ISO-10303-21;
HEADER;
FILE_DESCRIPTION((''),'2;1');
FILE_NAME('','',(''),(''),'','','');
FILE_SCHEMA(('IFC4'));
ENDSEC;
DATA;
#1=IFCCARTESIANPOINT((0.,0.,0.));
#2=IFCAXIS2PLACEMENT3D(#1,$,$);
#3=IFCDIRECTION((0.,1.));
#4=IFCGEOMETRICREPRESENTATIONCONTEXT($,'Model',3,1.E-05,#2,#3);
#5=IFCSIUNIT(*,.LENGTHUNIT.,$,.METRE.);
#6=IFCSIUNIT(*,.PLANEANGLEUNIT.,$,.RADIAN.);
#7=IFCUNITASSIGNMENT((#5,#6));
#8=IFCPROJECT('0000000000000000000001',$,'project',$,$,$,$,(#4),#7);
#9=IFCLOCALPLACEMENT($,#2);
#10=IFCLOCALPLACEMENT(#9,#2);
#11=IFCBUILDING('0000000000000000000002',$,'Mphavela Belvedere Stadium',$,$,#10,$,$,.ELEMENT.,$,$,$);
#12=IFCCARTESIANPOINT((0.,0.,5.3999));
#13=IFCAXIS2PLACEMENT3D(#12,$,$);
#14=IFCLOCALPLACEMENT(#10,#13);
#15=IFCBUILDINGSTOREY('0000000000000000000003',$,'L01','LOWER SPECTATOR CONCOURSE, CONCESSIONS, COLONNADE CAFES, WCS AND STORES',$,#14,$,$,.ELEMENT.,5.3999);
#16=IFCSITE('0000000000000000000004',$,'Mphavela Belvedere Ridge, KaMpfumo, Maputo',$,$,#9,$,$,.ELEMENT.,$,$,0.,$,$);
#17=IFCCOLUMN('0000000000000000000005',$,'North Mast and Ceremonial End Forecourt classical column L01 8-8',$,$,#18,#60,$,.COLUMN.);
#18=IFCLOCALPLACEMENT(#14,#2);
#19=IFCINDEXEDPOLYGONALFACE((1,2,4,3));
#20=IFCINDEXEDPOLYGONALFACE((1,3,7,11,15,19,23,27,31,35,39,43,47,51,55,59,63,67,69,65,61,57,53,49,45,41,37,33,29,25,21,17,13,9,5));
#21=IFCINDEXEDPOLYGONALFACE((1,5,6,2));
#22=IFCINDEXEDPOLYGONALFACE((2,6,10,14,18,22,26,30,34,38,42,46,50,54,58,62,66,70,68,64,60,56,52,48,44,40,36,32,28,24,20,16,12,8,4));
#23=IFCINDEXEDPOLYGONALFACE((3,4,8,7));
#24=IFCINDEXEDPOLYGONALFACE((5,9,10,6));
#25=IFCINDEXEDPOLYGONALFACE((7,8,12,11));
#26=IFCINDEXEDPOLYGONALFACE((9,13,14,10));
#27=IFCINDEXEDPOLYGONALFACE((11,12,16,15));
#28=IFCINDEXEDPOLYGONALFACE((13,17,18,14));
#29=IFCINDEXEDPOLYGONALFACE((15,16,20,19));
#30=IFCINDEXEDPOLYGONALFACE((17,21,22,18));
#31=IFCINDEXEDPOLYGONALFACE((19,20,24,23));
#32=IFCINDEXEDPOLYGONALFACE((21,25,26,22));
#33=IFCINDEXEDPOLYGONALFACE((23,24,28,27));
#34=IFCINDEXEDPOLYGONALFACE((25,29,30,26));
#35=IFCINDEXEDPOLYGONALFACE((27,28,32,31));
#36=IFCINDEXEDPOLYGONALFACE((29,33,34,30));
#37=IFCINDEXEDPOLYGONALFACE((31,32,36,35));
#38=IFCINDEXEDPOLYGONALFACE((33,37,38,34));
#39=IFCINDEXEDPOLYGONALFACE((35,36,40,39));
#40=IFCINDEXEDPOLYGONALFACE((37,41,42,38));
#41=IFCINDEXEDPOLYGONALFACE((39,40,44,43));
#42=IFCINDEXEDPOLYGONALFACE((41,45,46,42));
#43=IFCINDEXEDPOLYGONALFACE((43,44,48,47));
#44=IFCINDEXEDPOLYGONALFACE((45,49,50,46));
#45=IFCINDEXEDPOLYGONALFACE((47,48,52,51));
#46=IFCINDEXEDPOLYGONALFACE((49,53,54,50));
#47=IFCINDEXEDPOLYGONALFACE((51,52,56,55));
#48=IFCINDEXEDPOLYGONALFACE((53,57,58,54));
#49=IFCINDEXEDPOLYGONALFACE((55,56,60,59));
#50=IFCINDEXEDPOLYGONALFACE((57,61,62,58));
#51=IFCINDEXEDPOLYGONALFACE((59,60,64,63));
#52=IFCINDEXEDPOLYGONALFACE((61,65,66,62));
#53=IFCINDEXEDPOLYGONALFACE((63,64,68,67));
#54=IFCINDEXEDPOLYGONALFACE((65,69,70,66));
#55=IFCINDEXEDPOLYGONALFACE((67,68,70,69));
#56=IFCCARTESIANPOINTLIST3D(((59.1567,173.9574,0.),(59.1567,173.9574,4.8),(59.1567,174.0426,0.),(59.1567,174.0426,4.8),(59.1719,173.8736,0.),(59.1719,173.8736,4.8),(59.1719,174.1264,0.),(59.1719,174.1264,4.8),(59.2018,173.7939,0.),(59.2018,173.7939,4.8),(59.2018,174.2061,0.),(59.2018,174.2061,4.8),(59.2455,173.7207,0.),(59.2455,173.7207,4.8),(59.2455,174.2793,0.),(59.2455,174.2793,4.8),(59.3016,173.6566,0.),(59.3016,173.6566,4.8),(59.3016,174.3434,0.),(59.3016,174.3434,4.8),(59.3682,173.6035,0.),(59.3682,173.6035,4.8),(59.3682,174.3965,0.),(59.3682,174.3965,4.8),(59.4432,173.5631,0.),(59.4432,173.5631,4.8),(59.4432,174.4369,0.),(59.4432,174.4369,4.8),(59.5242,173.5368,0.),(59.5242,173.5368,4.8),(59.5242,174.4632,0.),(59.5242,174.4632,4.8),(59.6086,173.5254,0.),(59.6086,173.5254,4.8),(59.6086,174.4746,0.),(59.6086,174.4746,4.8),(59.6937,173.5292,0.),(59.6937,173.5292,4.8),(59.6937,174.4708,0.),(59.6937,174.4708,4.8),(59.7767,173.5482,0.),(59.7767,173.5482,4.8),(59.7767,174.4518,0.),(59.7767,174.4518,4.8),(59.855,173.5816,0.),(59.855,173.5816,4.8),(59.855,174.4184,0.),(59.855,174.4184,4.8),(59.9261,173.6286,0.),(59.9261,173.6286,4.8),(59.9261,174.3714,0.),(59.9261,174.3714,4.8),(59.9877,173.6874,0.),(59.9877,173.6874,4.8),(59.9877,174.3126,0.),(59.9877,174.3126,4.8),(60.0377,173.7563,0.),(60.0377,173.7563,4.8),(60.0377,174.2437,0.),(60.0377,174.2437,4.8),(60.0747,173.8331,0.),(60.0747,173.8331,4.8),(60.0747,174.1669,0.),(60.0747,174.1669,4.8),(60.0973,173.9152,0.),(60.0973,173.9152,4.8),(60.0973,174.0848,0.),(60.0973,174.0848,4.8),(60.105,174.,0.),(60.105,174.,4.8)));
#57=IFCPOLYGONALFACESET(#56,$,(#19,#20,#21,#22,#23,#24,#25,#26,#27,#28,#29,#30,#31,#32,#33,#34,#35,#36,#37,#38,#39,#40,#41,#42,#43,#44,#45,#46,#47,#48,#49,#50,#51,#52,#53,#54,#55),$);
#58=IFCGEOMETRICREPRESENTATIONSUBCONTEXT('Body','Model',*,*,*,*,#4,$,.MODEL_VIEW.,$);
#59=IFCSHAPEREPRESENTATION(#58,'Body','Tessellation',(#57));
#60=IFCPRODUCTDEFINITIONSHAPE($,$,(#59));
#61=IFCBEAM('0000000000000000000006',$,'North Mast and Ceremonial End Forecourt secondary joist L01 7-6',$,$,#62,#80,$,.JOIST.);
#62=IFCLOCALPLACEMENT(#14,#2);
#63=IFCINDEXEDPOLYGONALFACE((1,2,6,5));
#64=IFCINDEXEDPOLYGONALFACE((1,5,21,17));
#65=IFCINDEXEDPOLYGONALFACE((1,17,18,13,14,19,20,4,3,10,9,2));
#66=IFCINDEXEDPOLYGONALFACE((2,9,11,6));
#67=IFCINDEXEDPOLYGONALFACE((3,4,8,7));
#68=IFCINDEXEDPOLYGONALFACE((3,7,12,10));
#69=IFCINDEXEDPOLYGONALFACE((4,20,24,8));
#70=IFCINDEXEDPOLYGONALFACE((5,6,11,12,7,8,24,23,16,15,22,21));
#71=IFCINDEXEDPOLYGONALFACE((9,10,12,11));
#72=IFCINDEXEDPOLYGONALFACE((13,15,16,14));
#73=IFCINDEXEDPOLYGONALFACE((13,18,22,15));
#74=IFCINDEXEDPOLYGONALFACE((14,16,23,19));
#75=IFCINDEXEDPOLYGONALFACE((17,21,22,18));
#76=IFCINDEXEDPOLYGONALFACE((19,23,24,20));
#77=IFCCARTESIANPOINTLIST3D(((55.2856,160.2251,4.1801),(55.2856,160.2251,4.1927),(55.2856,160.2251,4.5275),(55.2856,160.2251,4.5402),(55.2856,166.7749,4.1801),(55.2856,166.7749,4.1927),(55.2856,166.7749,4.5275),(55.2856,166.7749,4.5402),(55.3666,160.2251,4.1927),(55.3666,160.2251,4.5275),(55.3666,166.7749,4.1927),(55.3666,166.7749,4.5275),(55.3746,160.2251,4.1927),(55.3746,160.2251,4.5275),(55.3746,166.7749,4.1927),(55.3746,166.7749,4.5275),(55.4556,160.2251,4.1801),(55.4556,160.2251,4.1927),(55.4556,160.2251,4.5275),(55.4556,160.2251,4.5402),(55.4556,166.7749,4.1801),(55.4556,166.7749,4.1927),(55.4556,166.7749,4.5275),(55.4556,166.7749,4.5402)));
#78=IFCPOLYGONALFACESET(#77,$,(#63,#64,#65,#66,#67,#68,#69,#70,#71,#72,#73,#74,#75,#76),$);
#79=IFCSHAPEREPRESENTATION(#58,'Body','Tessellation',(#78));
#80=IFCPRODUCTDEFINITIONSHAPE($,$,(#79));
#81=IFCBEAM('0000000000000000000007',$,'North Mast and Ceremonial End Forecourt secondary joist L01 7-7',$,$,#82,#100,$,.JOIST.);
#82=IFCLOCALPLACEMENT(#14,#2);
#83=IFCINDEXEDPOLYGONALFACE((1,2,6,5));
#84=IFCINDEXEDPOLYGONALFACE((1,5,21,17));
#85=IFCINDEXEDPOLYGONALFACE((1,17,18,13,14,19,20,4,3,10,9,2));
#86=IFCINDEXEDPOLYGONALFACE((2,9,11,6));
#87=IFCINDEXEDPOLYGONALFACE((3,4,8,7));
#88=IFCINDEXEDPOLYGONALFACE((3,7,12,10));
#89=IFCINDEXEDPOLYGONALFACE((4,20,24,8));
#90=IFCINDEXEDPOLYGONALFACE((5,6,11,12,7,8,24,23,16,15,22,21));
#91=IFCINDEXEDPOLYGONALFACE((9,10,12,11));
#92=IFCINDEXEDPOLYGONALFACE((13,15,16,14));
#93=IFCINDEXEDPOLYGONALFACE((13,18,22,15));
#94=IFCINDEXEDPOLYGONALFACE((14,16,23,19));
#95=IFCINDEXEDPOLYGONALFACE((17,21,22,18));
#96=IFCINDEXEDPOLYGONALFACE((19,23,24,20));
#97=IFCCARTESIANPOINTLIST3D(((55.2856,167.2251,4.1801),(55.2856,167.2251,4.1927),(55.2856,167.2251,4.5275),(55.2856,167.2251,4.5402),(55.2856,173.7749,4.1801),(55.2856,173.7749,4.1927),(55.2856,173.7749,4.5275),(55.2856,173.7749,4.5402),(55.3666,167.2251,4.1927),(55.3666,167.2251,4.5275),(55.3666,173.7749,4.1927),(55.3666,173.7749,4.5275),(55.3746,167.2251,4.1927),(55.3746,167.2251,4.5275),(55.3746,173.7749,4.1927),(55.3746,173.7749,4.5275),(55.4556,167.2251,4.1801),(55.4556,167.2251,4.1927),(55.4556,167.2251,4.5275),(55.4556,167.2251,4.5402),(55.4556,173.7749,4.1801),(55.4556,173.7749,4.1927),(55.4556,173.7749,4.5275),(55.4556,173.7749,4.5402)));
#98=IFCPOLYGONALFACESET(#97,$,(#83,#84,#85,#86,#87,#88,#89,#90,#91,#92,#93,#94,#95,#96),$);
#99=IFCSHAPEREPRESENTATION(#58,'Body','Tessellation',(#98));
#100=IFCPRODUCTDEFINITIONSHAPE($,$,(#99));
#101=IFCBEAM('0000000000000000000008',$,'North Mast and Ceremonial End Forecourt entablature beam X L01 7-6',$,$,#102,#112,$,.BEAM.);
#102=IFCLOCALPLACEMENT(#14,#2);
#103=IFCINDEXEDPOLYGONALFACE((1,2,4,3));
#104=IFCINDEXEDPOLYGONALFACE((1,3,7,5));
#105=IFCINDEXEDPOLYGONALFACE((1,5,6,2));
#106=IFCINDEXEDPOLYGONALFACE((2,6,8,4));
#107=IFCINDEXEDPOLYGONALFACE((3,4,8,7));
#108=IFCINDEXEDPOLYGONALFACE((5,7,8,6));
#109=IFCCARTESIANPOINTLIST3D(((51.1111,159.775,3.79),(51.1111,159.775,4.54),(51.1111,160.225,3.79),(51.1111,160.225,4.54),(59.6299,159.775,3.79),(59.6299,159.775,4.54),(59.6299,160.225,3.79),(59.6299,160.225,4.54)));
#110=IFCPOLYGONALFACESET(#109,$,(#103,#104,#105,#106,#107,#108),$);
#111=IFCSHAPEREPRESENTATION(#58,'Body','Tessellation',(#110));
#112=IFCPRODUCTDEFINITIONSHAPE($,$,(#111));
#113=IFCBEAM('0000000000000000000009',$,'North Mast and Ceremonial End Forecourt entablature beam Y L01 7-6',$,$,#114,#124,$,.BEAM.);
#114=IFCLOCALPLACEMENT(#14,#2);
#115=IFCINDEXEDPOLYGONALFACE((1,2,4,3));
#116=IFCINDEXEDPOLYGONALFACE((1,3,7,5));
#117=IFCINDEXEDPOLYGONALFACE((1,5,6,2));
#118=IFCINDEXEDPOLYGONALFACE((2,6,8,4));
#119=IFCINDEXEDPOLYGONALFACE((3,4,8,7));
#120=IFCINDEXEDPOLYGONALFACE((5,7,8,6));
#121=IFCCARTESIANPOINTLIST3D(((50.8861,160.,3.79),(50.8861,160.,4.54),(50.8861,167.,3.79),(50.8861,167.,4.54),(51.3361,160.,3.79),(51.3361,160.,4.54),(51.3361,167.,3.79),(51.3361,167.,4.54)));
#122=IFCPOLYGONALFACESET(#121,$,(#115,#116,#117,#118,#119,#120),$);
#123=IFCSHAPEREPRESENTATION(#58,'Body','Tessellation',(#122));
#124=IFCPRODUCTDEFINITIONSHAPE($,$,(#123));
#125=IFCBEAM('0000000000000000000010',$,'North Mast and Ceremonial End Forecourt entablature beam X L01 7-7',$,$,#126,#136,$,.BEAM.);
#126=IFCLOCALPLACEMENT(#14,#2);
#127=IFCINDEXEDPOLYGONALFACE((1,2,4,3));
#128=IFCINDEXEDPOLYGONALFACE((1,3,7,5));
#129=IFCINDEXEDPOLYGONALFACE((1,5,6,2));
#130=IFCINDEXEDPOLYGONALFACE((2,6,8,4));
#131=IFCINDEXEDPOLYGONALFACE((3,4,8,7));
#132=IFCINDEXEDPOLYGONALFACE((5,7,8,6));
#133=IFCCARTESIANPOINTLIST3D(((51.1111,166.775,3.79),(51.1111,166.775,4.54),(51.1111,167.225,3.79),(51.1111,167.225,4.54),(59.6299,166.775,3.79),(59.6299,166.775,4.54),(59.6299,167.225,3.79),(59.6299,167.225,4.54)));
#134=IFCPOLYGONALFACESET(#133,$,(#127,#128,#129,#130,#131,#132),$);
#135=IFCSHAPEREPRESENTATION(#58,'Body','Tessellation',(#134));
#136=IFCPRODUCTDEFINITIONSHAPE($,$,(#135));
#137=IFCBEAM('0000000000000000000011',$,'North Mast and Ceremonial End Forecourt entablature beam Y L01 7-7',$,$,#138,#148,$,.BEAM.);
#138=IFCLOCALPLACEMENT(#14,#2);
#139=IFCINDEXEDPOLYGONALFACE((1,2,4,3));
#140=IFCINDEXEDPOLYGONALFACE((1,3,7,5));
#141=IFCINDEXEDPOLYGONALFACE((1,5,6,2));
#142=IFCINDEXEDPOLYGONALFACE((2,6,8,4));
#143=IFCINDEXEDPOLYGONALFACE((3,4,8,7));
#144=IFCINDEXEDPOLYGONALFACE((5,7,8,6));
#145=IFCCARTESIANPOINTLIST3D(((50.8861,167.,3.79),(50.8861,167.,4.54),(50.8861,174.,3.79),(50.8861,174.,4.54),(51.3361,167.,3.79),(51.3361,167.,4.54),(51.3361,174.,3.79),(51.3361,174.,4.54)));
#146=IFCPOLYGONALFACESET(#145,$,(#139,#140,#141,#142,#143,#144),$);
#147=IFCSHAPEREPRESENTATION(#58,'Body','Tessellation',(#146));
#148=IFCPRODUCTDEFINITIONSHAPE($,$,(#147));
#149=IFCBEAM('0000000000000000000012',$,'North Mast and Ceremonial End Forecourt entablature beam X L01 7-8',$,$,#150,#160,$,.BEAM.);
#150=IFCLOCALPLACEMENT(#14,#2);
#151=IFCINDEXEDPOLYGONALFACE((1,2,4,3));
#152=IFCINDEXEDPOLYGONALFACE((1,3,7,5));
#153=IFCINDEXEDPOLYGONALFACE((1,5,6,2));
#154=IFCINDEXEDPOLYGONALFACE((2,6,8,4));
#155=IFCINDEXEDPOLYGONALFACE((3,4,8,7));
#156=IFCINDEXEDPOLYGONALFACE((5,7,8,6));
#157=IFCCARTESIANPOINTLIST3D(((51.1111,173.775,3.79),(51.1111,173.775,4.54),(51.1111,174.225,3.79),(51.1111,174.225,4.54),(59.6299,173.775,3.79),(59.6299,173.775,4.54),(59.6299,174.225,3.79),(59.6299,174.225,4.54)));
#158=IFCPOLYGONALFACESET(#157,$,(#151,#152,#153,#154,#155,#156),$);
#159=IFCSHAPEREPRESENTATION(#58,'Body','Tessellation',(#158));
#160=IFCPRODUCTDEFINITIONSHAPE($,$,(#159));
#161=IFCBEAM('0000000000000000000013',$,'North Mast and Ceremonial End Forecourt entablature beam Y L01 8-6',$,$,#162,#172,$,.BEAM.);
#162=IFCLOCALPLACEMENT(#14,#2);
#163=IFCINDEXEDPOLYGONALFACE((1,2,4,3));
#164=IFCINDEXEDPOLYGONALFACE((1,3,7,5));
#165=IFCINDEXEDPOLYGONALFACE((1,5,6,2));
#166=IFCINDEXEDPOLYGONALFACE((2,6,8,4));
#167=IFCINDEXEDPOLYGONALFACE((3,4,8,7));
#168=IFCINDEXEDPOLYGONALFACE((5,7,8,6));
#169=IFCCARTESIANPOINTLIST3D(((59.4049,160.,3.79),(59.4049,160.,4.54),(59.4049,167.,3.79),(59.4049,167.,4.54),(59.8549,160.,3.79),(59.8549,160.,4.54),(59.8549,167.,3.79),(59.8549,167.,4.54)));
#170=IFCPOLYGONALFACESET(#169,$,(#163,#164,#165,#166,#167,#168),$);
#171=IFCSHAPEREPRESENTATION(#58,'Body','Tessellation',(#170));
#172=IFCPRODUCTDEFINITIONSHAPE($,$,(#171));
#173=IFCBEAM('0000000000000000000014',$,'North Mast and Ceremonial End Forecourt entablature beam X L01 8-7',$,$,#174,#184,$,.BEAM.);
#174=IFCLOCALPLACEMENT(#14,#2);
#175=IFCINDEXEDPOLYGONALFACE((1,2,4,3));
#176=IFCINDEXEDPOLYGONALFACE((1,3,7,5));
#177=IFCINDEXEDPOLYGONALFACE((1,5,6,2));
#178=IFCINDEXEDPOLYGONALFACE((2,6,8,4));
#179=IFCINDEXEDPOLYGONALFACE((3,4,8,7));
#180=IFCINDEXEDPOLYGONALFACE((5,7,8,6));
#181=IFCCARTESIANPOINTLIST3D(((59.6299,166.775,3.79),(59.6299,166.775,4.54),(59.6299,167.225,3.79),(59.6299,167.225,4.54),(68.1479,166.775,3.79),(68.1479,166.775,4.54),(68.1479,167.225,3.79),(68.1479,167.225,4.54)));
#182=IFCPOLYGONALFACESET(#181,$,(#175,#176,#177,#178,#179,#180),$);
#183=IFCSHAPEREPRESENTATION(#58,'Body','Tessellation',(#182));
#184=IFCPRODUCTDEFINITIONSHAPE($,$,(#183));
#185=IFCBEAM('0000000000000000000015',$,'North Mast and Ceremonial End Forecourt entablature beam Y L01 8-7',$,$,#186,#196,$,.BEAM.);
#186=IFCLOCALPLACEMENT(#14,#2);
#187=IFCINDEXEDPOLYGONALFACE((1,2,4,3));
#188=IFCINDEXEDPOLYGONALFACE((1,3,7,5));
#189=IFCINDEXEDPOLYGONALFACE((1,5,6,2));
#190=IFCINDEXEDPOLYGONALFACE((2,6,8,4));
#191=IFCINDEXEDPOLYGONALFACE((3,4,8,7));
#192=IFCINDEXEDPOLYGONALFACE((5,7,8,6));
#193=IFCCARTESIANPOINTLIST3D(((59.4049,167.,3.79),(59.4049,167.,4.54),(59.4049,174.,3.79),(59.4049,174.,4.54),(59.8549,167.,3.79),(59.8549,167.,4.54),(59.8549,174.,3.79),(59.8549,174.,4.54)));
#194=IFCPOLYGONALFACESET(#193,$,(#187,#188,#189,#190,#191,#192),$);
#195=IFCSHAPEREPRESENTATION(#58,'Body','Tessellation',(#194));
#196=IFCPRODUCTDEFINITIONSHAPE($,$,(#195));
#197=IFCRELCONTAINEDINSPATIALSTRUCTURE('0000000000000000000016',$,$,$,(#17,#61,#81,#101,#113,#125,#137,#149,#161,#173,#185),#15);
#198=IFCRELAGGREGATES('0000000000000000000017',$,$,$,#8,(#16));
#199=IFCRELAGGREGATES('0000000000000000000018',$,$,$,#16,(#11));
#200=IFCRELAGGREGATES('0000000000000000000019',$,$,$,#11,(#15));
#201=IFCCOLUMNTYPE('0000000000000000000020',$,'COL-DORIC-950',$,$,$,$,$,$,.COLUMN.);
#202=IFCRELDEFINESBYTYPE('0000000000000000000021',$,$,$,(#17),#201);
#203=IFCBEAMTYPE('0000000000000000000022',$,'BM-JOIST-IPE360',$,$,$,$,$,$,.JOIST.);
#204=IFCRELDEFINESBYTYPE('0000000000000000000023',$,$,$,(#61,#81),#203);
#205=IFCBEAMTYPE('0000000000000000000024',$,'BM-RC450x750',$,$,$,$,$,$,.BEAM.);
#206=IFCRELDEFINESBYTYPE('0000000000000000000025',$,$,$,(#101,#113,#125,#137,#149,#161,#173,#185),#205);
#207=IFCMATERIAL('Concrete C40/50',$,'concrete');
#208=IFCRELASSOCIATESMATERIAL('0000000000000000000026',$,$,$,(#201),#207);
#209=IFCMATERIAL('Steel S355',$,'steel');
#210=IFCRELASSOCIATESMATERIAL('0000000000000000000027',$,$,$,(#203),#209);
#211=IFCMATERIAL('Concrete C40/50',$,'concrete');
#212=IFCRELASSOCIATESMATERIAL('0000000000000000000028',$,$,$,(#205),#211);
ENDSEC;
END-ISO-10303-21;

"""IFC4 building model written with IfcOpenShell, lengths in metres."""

from ifc_helpers import new_model, si_unit, direction, frame, origin, origin_2d, place, context, subcontext, project, spatial, rectangle, circle, i_section, extrude, material, material_profile, profile_set, type_object, element, save


model = new_model("IFC4")

# Units and contexts
model_context = context("Model", 3, precision=1e-05, world=origin(), true_north=direction((0.0, 1.0)))
body_context = subcontext(model_context, "Body", "Model", "MODEL_VIEW")
ifc_project = project(units=[si_unit("LENGTHUNIT", "METRE"), si_unit("PLANEANGLEUNIT", "RADIAN")], contexts=[model_context])

# Site, building, storey
site_placement = place(None, origin())
site = spatial("IfcSite", under=ifc_project, at=site_placement, Name="Mphavela Belvedere Ridge, KaMpfumo, Maputo", CompositionType="ELEMENT", RefElevation=0.0)
building_placement = place(site_placement, origin())
building = spatial("IfcBuilding", under=site, at=building_placement, Name="Mphavela Belvedere Stadium", CompositionType="ELEMENT")
storey_placement = place(building_placement, frame((0.0, 0.0, 5.3999)))
storey = spatial("IfcBuildingStorey", under=building, at=storey_placement, Name="L01", Description="LOWER SPECTATOR CONCOURSE, CONCESSIONS, COLONNADE CAFES, WCS AND STORES", CompositionType="ELEMENT", Elevation=5.3999)

# Column
ifc_material_1 = material(Name="Concrete C40/50", Category="concrete")
ifc_material_profile_1 = material_profile(ifc_material_1, circle(Radius=0.4751, at=origin_2d()), Name="COL D950")
ifc_profile_set_1 = profile_set([ifc_material_profile_1], Name="Concrete C40/50")
column_type = type_object("IfcColumnType", Name="COL-DORIC-950", PredefinedType="COLUMN", material=ifc_profile_set_1)
for number, where, z_axis, x_axis, name in (
    (1, (59.6299, 174.0, 0.0), (0.0, 0.0, 1.0), (1.0, 0.0, 0.0), "North Mast and Ceremonial End Forecourt classical column L01 8-8"),
):
    element("IfcColumn", number, at=place(storey_placement, frame(where, z_axis=z_axis, x_axis=x_axis)), inside=storey, type_object=column_type, Name=name, PredefinedType="COLUMN", context=body_context, shape_type="SweptSolid", body=[
        extrude(circle(Radius=0.4751, at=origin_2d()), origin(), (0.0, 0.0, 1.0), 4.8),
    ])

# Beams
ifc_material_2 = material(Name="Steel S355", Category="steel")
ifc_material_profile_2 = material_profile(ifc_material_2, i_section(OverallWidth=0.1699, OverallDepth=0.3601, WebThickness=0.0081, FlangeThickness=0.0127, at=origin_2d()), Name="IPE 360")
ifc_profile_set_2 = profile_set([ifc_material_profile_2], Name="Steel S355")
beam_type_1 = type_object("IfcBeamType", Name="BM-JOIST-IPE360", PredefinedType="JOIST", material=ifc_profile_set_2)
for number, where, z_axis, x_axis, name in (
    (2, (55.3706, 160.2251, 4.3601), (0.0, 1.0, 0.0), (-1.0, 0.0, 0.0), "North Mast and Ceremonial End Forecourt secondary joist L01 7-6"),
    (3, (55.3706, 167.2251, 4.3601), (0.0, 1.0, 0.0), (-1.0, 0.0, 0.0), "North Mast and Ceremonial End Forecourt secondary joist L01 7-7"),
):
    element("IfcBeam", number, at=place(storey_placement, frame(where, z_axis=z_axis, x_axis=x_axis)), inside=storey, type_object=beam_type_1, Name=name, PredefinedType="JOIST", context=body_context, shape_type="SweptSolid", body=[
        extrude(i_section(OverallWidth=0.1699, OverallDepth=0.3601, WebThickness=0.0081, FlangeThickness=0.0127, at=origin_2d()), origin(), (0.0, 0.0, 1.0), 6.5498),
    ])
ifc_material_3 = material(Name="Concrete C40/50", Category="concrete")
ifc_material_profile_3 = material_profile(ifc_material_3, rectangle(XDim=0.45, YDim=0.75, at=origin_2d()), Name="RC 450x750")
ifc_profile_set_3 = profile_set([ifc_material_profile_3], Name="Concrete C40/50")
beam_type_2 = type_object("IfcBeamType", Name="BM-RC450x750", PredefinedType="BEAM", material=ifc_profile_set_3)
beam_1_placement = place(storey_placement, frame((51.1111, 160.0, 4.165), z_axis=(1.0, 0.0, 0.0), x_axis=(0.0, 1.0, 0.0)))
element("IfcBeam", 4, at=beam_1_placement, inside=storey, type_object=beam_type_2, Name="North Mast and Ceremonial End Forecourt entablature beam X L01 7-6", PredefinedType="BEAM", context=body_context, shape_type="SweptSolid", body=[
    extrude(rectangle(XDim=0.45, YDim=0.75, at=origin_2d()), origin(), (0.0, 0.0, 1.0), 8.5188),
])
beam_2_placement = place(storey_placement, frame((51.1111, 160.0, 4.165), z_axis=(0.0, 1.0, 0.0), x_axis=(-1.0, 0.0, 0.0)))
element("IfcBeam", 5, at=beam_2_placement, inside=storey, type_object=beam_type_2, Name="North Mast and Ceremonial End Forecourt entablature beam Y L01 7-6", PredefinedType="BEAM", context=body_context, shape_type="SweptSolid", body=[
    extrude(rectangle(XDim=0.45, YDim=0.75, at=origin_2d()), origin(), (0.0, 0.0, 1.0), 7.0),
])
beam_3_placement = place(storey_placement, frame((51.1111, 167.0, 4.165), z_axis=(1.0, 0.0, 0.0), x_axis=(0.0, 1.0, 0.0)))
element("IfcBeam", 6, at=beam_3_placement, inside=storey, type_object=beam_type_2, Name="North Mast and Ceremonial End Forecourt entablature beam X L01 7-7", PredefinedType="BEAM", context=body_context, shape_type="SweptSolid", body=[
    extrude(rectangle(XDim=0.45, YDim=0.75, at=origin_2d()), origin(), (0.0, 0.0, 1.0), 8.5188),
])
beam_4_placement = place(storey_placement, frame((51.1111, 167.0, 4.165), z_axis=(0.0, 1.0, 0.0), x_axis=(-1.0, 0.0, 0.0)))
element("IfcBeam", 7, at=beam_4_placement, inside=storey, type_object=beam_type_2, Name="North Mast and Ceremonial End Forecourt entablature beam Y L01 7-7", PredefinedType="BEAM", context=body_context, shape_type="SweptSolid", body=[
    extrude(rectangle(XDim=0.45, YDim=0.75, at=origin_2d()), origin(), (0.0, 0.0, 1.0), 7.0),
])
beam_5_placement = place(storey_placement, frame((51.1111, 174.0, 4.165), z_axis=(1.0, 0.0, 0.0), x_axis=(0.0, 1.0, 0.0)))
element("IfcBeam", 8, at=beam_5_placement, inside=storey, type_object=beam_type_2, Name="North Mast and Ceremonial End Forecourt entablature beam X L01 7-8", PredefinedType="BEAM", context=body_context, shape_type="SweptSolid", body=[
    extrude(rectangle(XDim=0.45, YDim=0.75, at=origin_2d()), origin(), (0.0, 0.0, 1.0), 8.5188),
])
beam_6_placement = place(storey_placement, frame((59.6299, 160.0, 4.165), z_axis=(0.0, 1.0, 0.0), x_axis=(-1.0, 0.0, 0.0)))
element("IfcBeam", 9, at=beam_6_placement, inside=storey, type_object=beam_type_2, Name="North Mast and Ceremonial End Forecourt entablature beam Y L01 8-6", PredefinedType="BEAM", context=body_context, shape_type="SweptSolid", body=[
    extrude(rectangle(XDim=0.45, YDim=0.75, at=origin_2d()), origin(), (0.0, 0.0, 1.0), 7.0),
])
beam_7_placement = place(storey_placement, frame((59.6299, 167.0, 4.165), z_axis=(1.0, 0.0, 0.0), x_axis=(0.0, 1.0, 0.0)))
element("IfcBeam", 10, at=beam_7_placement, inside=storey, type_object=beam_type_2, Name="North Mast and Ceremonial End Forecourt entablature beam X L01 8-7", PredefinedType="BEAM", context=body_context, shape_type="SweptSolid", body=[
    extrude(rectangle(XDim=0.45, YDim=0.75, at=origin_2d()), origin(), (0.0, 0.0, 1.0), 8.5181),
])
beam_8_placement = place(storey_placement, frame((59.6299, 167.0, 4.165), z_axis=(0.0, 1.0, 0.0), x_axis=(-1.0, 0.0, 0.0)))
element("IfcBeam", 11, at=beam_8_placement, inside=storey, type_object=beam_type_2, Name="North Mast and Ceremonial End Forecourt entablature beam Y L01 8-7", PredefinedType="BEAM", context=body_context, shape_type="SweptSolid", body=[
    extrude(rectangle(XDim=0.45, YDim=0.75, at=origin_2d()), origin(), (0.0, 0.0, 1.0), 7.0),
])

save(model, "model.ifc")
